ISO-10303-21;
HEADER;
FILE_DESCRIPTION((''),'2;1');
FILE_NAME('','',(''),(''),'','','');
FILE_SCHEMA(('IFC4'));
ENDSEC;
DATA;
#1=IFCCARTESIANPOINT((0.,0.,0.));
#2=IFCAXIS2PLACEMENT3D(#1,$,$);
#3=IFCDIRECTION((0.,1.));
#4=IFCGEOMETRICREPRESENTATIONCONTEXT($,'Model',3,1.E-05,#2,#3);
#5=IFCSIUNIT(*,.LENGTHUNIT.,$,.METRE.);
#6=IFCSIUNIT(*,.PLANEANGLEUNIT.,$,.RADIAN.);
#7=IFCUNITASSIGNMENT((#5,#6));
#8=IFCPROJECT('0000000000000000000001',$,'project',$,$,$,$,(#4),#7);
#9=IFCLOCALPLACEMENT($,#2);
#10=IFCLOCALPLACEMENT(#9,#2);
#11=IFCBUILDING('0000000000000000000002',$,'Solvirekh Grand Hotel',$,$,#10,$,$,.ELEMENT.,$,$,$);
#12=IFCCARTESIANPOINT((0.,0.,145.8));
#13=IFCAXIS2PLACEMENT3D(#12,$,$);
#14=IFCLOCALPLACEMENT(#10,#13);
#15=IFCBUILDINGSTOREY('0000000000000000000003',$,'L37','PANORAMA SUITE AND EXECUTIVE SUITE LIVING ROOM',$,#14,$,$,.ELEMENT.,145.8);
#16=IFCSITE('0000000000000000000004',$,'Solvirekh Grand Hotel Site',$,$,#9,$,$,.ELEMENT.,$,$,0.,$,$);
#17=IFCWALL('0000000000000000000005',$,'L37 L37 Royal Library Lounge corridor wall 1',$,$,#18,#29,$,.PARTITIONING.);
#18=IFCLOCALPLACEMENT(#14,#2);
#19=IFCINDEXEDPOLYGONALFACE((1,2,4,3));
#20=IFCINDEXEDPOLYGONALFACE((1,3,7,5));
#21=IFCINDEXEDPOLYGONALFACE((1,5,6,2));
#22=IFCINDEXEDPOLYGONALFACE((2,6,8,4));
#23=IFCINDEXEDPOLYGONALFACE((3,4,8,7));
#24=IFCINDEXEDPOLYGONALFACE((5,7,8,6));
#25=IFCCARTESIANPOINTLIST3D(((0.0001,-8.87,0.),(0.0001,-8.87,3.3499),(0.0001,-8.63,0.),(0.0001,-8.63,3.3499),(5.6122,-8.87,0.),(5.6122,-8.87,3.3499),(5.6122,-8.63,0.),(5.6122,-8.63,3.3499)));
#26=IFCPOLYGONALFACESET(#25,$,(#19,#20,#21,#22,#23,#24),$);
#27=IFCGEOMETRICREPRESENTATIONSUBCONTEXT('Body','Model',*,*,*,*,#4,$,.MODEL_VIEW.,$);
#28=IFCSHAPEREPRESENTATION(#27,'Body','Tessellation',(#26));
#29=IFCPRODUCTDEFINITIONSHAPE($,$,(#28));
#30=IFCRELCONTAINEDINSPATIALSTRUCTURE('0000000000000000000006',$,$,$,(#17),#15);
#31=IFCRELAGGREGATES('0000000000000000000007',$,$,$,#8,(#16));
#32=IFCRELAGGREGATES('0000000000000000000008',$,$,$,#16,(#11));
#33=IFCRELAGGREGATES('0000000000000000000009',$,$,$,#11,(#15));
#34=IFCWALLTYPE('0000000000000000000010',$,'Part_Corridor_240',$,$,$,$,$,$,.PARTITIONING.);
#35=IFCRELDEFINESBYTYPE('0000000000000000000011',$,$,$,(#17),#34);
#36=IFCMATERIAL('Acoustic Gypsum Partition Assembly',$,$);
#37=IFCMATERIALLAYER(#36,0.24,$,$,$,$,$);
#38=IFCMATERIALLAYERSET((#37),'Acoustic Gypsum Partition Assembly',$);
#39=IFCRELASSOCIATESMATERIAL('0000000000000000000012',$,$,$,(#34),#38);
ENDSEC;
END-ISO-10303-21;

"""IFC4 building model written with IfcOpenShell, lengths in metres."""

from ifc_helpers import new_model, si_unit, direction, frame, frame_2d, origin, place, context, subcontext, project, spatial, rectangle, extrude, material, layer, layer_set, type_object, element, save


model = new_model("IFC4")

# Units and contexts
model_context = context("Model", 3, precision=1e-05, world=origin(), true_north=direction((0.0, 1.0)))
body_context = subcontext(model_context, "Body", "Model", "MODEL_VIEW")
ifc_project = project(units=[si_unit("LENGTHUNIT", "METRE"), si_unit("PLANEANGLEUNIT", "RADIAN")], contexts=[model_context])

# Site, building, storey
site_placement = place(None, origin())
site = spatial("IfcSite", under=ifc_project, at=site_placement, Name="Solvirekh Grand Hotel Site", CompositionType="ELEMENT", RefElevation=0.0)
building_placement = place(site_placement, origin())
building = spatial("IfcBuilding", under=site, at=building_placement, Name="Solvirekh Grand Hotel", CompositionType="ELEMENT")
storey_placement = place(building_placement, frame((0.0, 0.0, 145.8)))
storey = spatial("IfcBuildingStorey", under=building, at=storey_placement, Name="L37", Description="PANORAMA SUITE AND EXECUTIVE SUITE LIVING ROOM", CompositionType="ELEMENT", Elevation=145.8)

# Shared definitions
ifc_material_1 = material(Name="Acoustic Gypsum Partition Assembly")

# Wall
ifc_layer_1 = layer(ifc_material_1, 0.24)
ifc_layer_set_1 = layer_set([ifc_layer_1], Name="Acoustic Gypsum Partition Assembly")
wall_type_1 = type_object("IfcWallType", Name="Part_Corridor_240", PredefinedType="PARTITIONING", material=ifc_layer_set_1)
wall_1_placement = place(storey_placement, frame((0.0, -8.75, 0.0), z_axis=(0.0, 0.0, 1.0), x_axis=(1.0, 0.0, 0.0)))
element("IfcWall", 1, at=wall_1_placement, inside=storey, type_object=wall_type_1, Name="L37 L37 Royal Library Lounge corridor wall 1", PredefinedType="PARTITIONING", context=body_context, shape_type="SweptSolid", body=[
    extrude(rectangle(XDim=5.6121, YDim=0.24, at=frame_2d((2.8062, 0.0))), origin(), (0.0, 0.0, 1.0), 3.3499),
])

save(model, "model.ifc")
